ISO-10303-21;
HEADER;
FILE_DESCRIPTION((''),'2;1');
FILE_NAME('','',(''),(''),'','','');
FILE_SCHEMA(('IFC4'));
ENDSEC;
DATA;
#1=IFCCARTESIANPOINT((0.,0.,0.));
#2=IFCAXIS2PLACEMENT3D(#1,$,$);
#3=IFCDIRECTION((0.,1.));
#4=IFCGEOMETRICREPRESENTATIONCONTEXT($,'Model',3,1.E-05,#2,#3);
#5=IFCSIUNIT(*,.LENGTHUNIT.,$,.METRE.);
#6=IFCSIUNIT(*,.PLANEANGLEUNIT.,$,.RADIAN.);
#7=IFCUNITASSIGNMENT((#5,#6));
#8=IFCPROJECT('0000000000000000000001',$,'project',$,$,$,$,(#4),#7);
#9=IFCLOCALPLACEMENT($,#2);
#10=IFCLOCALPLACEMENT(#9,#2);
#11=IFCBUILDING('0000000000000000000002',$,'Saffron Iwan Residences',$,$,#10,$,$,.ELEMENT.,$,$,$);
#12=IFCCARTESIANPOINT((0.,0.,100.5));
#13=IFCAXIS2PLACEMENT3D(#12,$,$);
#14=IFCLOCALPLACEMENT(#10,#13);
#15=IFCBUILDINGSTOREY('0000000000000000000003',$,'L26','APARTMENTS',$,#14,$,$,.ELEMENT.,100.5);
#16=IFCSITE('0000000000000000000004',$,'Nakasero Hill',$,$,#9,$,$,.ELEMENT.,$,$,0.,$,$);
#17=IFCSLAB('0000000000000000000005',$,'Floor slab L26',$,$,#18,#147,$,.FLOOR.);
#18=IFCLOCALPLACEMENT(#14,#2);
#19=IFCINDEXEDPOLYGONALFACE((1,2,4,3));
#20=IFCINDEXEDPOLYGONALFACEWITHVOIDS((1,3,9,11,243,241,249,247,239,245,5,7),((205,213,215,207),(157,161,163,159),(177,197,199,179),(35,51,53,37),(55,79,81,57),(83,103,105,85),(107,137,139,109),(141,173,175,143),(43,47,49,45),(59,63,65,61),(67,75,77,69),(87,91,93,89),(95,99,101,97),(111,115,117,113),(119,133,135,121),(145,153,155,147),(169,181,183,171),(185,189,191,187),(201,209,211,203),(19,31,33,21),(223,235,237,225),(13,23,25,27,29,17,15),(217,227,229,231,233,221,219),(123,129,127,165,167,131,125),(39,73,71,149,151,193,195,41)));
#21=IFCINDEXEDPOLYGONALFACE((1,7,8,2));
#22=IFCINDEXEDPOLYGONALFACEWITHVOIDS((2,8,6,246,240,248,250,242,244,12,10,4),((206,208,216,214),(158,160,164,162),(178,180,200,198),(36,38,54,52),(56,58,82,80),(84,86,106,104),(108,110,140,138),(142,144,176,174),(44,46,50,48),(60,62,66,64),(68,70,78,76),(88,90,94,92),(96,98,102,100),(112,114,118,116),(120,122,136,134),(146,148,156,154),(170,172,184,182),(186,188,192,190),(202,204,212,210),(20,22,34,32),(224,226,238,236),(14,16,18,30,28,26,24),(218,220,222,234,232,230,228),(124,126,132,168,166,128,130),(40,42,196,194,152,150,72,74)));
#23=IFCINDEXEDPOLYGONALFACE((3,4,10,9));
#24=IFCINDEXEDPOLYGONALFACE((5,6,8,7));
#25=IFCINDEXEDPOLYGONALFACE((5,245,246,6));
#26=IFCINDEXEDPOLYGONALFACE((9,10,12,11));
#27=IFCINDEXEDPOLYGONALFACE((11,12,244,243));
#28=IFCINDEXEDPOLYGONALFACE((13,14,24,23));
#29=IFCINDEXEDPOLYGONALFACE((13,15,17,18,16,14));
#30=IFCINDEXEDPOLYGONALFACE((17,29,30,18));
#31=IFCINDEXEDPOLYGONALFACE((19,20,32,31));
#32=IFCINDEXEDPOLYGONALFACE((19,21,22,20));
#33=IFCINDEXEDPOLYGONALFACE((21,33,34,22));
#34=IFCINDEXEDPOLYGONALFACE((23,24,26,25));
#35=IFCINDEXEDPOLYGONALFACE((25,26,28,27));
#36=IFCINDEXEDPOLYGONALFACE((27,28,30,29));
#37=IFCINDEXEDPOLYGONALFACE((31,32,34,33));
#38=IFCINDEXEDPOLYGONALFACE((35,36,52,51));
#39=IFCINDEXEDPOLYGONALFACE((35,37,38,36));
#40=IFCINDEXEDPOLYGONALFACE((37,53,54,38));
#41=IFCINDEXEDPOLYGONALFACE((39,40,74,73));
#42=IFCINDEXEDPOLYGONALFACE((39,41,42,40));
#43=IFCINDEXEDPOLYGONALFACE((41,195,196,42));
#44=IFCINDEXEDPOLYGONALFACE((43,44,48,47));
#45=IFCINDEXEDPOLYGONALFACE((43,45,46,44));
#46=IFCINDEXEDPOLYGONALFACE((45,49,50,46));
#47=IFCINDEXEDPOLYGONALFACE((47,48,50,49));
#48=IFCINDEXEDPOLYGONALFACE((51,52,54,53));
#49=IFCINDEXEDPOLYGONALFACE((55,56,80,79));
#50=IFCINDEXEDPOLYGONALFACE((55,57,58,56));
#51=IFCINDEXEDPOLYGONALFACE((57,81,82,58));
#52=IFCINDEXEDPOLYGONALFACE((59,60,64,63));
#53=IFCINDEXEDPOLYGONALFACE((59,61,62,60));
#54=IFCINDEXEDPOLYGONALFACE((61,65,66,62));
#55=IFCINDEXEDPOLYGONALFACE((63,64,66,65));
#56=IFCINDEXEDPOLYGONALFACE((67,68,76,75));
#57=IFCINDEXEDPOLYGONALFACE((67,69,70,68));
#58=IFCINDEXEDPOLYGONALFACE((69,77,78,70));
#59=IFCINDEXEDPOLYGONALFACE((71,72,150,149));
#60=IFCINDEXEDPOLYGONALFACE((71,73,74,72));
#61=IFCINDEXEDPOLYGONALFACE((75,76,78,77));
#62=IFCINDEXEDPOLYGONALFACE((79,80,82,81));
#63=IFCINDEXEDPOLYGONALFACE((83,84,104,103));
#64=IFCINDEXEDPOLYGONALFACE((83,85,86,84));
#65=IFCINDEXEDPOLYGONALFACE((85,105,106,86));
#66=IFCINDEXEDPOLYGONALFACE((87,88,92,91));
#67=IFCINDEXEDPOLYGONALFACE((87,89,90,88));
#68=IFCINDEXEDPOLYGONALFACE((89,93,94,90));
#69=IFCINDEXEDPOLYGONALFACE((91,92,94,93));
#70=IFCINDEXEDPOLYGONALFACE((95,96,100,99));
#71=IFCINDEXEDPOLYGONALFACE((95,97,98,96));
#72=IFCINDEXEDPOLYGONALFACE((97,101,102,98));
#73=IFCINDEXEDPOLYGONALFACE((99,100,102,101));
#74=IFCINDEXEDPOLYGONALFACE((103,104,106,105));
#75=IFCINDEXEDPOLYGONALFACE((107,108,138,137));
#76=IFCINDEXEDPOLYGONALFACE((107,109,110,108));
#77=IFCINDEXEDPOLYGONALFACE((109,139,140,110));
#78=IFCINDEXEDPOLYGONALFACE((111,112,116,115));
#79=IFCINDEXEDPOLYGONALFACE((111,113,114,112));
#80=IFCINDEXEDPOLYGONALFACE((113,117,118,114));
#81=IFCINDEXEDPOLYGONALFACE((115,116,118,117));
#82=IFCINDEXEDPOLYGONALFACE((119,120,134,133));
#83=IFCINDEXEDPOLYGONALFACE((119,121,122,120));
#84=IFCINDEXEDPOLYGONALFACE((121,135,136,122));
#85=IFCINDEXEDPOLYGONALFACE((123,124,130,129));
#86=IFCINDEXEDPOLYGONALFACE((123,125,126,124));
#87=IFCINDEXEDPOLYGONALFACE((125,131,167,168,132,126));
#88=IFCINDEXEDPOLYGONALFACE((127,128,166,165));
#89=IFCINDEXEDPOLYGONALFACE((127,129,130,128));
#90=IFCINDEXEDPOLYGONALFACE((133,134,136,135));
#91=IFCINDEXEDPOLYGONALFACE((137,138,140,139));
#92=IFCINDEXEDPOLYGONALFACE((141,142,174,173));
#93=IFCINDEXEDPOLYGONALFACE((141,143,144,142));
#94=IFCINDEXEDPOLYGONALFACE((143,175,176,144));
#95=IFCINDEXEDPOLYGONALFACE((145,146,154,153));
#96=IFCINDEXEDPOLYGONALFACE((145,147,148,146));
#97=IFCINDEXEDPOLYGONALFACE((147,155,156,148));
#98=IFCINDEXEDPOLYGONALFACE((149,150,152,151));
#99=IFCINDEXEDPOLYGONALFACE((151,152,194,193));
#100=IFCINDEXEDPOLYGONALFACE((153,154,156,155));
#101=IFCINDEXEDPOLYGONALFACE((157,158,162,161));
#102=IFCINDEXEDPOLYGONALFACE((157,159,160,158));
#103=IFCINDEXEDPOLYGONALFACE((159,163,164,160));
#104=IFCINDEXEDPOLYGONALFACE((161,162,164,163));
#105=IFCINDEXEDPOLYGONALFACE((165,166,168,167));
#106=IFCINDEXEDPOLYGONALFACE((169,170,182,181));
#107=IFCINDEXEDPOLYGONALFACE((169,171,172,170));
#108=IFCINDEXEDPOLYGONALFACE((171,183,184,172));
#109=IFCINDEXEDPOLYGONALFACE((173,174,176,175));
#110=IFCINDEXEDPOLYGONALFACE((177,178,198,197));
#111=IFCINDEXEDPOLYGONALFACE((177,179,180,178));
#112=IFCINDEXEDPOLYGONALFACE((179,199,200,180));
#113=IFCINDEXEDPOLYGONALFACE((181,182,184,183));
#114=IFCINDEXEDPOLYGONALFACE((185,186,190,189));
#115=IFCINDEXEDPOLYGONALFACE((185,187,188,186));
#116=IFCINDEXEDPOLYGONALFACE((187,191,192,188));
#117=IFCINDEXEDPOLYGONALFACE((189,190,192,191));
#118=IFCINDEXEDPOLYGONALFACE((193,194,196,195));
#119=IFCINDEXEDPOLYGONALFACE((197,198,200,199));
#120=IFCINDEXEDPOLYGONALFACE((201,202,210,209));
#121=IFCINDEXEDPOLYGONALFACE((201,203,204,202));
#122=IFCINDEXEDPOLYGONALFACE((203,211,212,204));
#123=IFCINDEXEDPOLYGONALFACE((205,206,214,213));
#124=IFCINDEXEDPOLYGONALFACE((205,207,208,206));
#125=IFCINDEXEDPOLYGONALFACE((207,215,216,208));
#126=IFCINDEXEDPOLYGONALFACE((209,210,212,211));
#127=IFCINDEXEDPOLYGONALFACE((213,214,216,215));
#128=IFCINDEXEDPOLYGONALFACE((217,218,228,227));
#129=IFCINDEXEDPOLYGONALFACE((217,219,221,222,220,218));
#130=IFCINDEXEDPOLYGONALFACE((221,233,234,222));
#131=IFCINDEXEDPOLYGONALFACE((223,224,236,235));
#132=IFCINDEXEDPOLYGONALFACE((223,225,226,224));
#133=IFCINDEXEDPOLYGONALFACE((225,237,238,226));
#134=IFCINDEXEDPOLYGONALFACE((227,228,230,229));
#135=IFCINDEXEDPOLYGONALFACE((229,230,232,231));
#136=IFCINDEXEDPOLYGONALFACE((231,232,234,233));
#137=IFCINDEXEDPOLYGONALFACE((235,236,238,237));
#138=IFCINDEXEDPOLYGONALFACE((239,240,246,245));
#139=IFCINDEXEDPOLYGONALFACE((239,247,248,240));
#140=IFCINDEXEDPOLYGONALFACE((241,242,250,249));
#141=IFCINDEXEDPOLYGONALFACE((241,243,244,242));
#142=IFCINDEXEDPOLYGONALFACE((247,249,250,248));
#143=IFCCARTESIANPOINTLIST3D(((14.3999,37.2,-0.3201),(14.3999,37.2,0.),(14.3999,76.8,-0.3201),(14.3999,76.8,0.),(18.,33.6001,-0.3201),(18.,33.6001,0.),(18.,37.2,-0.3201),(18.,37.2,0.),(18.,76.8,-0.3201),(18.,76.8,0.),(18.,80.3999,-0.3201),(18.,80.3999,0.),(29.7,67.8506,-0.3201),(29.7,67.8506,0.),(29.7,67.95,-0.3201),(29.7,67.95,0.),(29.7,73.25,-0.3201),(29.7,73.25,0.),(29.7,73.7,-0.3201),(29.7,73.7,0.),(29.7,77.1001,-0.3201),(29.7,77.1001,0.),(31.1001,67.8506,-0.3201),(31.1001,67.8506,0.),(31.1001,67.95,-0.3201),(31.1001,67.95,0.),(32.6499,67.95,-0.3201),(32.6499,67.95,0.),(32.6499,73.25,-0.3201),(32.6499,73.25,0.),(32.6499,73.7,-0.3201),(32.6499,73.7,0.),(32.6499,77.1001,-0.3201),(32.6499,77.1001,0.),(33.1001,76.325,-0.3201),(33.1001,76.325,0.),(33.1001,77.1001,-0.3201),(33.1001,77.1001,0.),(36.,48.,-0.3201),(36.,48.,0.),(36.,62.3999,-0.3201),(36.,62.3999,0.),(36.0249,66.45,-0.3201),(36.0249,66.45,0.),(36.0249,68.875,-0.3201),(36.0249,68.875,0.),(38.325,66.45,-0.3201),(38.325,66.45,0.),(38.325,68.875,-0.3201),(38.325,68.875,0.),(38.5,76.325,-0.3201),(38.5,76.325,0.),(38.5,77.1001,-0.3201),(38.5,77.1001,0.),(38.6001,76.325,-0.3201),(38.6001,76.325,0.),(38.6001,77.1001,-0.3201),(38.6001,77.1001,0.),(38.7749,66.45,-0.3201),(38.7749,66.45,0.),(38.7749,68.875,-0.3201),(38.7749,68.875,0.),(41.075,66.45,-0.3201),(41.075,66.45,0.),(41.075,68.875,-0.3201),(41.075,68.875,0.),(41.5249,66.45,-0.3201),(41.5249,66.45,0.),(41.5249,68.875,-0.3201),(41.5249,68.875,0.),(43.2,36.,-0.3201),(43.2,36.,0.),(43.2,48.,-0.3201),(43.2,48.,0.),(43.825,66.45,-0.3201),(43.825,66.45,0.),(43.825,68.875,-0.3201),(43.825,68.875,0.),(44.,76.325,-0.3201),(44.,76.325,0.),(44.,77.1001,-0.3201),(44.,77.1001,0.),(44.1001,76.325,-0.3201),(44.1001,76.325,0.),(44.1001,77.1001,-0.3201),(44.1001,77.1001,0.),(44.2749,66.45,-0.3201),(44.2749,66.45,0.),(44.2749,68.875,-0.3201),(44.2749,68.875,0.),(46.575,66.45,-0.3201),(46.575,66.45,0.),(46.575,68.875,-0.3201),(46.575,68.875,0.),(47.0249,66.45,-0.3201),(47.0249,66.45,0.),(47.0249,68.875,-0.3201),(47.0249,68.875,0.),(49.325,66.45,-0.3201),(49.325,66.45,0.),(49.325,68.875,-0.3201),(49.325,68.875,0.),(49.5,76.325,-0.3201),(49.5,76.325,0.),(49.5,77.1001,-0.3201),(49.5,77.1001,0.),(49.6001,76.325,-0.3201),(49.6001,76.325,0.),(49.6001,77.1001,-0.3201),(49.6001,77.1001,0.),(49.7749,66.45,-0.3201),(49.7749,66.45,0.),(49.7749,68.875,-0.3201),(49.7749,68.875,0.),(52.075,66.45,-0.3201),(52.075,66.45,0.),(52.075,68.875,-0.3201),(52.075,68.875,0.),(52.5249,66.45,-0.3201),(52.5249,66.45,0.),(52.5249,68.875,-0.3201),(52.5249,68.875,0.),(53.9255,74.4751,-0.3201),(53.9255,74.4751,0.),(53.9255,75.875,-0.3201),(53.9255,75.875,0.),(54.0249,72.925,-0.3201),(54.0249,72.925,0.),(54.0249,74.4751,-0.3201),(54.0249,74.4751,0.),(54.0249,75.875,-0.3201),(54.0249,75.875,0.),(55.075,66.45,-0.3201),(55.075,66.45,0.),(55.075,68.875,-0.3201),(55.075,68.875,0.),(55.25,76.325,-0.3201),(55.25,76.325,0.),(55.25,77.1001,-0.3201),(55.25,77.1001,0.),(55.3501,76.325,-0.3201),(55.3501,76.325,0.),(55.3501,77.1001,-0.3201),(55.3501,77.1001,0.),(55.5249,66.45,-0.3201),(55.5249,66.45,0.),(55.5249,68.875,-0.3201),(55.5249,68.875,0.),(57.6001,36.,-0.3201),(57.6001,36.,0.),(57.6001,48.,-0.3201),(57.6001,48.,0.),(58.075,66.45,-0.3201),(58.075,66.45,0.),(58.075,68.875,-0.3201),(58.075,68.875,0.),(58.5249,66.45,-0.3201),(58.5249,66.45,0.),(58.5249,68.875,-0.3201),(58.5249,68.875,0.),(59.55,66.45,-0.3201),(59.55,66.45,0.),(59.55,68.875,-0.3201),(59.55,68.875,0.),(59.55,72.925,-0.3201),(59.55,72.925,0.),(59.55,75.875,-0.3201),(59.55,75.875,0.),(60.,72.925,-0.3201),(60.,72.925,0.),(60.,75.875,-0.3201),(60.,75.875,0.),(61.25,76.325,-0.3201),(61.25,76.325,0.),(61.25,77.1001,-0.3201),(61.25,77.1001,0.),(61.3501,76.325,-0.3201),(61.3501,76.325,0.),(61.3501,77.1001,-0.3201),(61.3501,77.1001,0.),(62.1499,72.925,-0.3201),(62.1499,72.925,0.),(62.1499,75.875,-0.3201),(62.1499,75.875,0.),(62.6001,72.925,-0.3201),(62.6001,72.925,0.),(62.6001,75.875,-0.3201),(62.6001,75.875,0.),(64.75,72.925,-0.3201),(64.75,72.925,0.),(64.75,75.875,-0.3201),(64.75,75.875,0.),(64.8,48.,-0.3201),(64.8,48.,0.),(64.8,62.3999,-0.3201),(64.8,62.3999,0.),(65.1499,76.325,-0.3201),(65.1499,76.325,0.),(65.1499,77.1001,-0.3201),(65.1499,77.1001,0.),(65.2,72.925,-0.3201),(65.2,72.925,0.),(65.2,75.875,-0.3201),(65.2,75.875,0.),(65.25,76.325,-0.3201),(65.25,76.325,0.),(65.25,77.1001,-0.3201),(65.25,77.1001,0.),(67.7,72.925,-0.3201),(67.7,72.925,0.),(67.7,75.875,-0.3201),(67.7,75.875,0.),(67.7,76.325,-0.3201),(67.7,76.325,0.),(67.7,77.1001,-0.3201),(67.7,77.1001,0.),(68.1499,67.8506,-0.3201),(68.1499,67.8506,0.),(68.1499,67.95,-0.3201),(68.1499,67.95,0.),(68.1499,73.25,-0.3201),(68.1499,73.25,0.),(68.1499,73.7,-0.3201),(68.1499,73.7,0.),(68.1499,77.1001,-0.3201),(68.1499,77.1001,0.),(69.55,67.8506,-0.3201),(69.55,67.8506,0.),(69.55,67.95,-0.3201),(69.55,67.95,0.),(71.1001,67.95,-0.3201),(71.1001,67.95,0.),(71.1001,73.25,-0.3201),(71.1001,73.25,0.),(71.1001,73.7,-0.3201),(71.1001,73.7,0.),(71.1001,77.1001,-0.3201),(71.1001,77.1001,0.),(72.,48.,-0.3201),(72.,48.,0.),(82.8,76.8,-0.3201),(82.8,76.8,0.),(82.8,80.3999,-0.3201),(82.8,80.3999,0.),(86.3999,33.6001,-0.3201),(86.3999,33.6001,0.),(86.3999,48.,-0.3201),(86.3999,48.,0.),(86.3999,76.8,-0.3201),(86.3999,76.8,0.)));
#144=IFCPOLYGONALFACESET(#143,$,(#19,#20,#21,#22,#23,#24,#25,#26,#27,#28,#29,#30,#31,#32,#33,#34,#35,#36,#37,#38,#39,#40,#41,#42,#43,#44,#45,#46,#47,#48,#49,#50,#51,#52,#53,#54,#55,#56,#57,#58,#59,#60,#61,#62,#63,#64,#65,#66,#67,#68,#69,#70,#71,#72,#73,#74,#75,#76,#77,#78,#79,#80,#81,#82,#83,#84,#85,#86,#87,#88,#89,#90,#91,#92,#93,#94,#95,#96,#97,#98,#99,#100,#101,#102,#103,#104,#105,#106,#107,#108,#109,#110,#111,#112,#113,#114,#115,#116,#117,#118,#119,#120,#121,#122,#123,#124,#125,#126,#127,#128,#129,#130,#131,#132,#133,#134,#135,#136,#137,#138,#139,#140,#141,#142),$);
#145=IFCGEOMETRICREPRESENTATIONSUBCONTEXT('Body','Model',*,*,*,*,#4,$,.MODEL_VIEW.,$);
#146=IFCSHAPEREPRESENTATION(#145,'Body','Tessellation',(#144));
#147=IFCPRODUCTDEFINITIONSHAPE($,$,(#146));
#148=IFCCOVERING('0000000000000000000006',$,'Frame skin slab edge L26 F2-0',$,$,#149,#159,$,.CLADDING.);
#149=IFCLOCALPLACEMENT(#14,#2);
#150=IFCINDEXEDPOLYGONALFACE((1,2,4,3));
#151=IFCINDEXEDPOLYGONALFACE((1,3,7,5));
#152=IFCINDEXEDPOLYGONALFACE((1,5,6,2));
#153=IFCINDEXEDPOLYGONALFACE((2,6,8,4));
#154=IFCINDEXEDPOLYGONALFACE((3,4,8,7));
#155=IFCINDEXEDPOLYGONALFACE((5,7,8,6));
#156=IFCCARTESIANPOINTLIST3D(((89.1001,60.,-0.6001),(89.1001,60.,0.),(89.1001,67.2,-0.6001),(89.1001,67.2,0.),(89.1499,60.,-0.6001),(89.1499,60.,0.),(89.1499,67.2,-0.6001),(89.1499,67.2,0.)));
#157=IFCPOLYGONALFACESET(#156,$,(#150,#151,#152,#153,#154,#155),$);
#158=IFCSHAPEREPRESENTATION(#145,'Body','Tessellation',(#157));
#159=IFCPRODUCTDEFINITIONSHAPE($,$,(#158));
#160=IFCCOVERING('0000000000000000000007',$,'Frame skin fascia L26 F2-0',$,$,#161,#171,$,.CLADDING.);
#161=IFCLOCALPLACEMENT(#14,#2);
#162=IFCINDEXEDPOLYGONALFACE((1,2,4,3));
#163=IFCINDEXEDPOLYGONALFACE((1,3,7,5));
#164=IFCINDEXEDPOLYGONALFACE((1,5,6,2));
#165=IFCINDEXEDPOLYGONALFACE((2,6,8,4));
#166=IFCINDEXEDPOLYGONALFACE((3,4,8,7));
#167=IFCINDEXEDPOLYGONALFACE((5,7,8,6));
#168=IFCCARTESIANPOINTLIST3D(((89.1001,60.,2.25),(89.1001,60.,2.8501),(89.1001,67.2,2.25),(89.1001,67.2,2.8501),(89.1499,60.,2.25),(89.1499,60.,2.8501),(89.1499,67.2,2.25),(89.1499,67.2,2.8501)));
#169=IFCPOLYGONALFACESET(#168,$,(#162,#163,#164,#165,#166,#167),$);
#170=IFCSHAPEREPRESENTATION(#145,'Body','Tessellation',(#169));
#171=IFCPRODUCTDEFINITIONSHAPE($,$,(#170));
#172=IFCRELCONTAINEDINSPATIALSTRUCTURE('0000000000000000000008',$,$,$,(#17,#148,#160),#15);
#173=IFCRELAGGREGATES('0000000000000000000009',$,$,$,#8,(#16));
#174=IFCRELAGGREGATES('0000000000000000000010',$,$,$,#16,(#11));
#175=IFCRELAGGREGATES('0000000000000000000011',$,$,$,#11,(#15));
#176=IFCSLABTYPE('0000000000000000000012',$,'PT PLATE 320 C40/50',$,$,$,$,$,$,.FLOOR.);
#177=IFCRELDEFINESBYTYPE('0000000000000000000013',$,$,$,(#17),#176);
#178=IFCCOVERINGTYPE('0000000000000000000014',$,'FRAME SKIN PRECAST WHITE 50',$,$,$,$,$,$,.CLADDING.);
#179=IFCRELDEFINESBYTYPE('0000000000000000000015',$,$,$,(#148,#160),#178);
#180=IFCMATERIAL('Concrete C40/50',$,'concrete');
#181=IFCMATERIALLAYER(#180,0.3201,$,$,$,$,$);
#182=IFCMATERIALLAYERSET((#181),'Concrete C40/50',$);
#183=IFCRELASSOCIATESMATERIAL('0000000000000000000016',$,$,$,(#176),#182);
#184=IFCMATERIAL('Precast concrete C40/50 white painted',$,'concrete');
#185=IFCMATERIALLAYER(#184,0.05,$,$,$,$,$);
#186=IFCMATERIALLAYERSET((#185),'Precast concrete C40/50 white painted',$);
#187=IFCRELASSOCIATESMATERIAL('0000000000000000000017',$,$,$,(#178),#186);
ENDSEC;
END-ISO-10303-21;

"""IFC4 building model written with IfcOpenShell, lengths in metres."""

from ifc_helpers import new_model, si_unit, direction, frame, origin, place, context, subcontext, project, spatial, polyline, outline, extrude, material, layer, layer_set, type_object, element, save


model = new_model("IFC4")

# Units and contexts
model_context = context("Model", 3, precision=1e-05, world=origin(), true_north=direction((0.0, 1.0)))
body_context = subcontext(model_context, "Body", "Model", "MODEL_VIEW")
ifc_project = project(units=[si_unit("LENGTHUNIT", "METRE"), si_unit("PLANEANGLEUNIT", "RADIAN")], contexts=[model_context])

# Site, building, storey
site_placement = place(None, origin())
site = spatial("IfcSite", under=ifc_project, at=site_placement, Name="Nakasero Hill", CompositionType="ELEMENT", RefElevation=0.0)
building_placement = place(site_placement, origin())
building = spatial("IfcBuilding", under=site, at=building_placement, Name="Saffron Iwan Residences", CompositionType="ELEMENT")
storey_placement = place(building_placement, frame((0.0, 0.0, 100.5)))
storey = spatial("IfcBuildingStorey", under=building, at=storey_placement, Name="L26", Description="APARTMENTS", CompositionType="ELEMENT", Elevation=100.5)

# Slab
ifc_material_1 = material(Name="Concrete C40/50", Category="concrete")
ifc_layer_1 = layer(ifc_material_1, 0.3201)
ifc_layer_set_1 = layer_set([ifc_layer_1], Name="Concrete C40/50")
slab_type_1 = type_object("IfcSlabType", Name="PT PLATE 320 C40/50", PredefinedType="FLOOR", material=ifc_layer_set_1)
slab_1_placement = place(storey_placement, frame((0.0, 0.0, -0.3201)))
element("IfcSlab", 1, at=slab_1_placement, inside=storey, type_object=slab_type_1, Name="Floor slab L26", PredefinedType="FLOOR", context=body_context, shape_type="SweptSolid", body=[
    extrude(outline(polyline([(14.3999, 37.2), (14.3999, 76.8), (18.0, 76.8), (18.0, 80.3999), (82.8, 80.3999), (82.8, 76.8), (86.3999, 76.8), (86.3999, 48.0), (72.0, 48.0), (86.3999, 33.6001), (18.0, 33.6001), (18.0, 37.2), (14.3999, 37.2)]), holes=[polyline([(64.8, 48.0), (64.8, 62.3999), (36.0, 62.3999), (36.0, 48.0), (43.2, 48.0), (43.2, 36.0), (57.6001, 36.0), (57.6001, 48.0), (64.8, 48.0)]), polyline([(38.325, 68.875), (36.0249, 68.875), (36.0249, 66.45), (38.325, 66.45), (38.325, 68.875)]), polyline([(41.075, 66.45), (41.075, 68.875), (38.7749, 68.875), (38.7749, 66.45), (41.075, 66.45)]), polyline([(43.825, 66.45), (43.825, 68.875), (41.5249, 68.875), (41.5249, 66.45), (43.825, 66.45)]), polyline([(46.575, 68.875), (44.2749, 68.875), (44.2749, 66.45), (46.575, 66.45), (46.575, 68.875)]), polyline([(49.325, 66.45), (49.325, 68.875), (47.0249, 68.875), (47.0249, 66.45), (49.325, 66.45)]), polyline([(52.075, 66.45), (52.075, 68.875), (49.7749, 68.875), (49.7749, 66.45), (52.075, 66.45)]), polyline([(29.7, 73.25), (29.7, 67.95), (29.7, 67.8506), (31.1001, 67.8506), (31.1001, 67.95), (32.6499, 67.95), (32.6499, 73.25), (29.7, 73.25)]), polyline([(32.6499, 73.7), (32.6499, 77.1001), (29.7, 77.1001), (29.7, 73.7), (32.6499, 73.7)]), polyline([(38.5, 76.325), (38.5, 77.1001), (33.1001, 77.1001), (33.1001, 76.325), (38.5, 76.325)]), polyline([(44.0, 77.1001), (38.6001, 77.1001), (38.6001, 76.325), (44.0, 76.325), (44.0, 77.1001)]), polyline([(49.5, 76.325), (49.5, 77.1001), (44.1001, 77.1001), (44.1001, 76.325), (49.5, 76.325)]), polyline([(55.25, 76.325), (55.25, 77.1001), (49.6001, 77.1001), (49.6001, 76.325), (55.25, 76.325)]), polyline([(55.075, 68.875), (52.5249, 68.875), (52.5249, 66.45), (55.075, 66.45), (55.075, 68.875)]), polyline([(58.075, 66.45), (58.075, 68.875), (55.5249, 68.875), (55.5249, 66.45), (58.075, 66.45)]), polyline([(59.55, 66.45), (59.55, 68.875), (58.5249, 68.875), (58.5249, 66.45), (59.55, 66.45)]), polyline([(68.1499, 73.25), (68.1499, 67.95), (68.1499, 67.8506), (69.55, 67.8506), (69.55, 67.95), (71.1001, 67.95), (71.1001, 73.25), (68.1499, 73.25)]), polyline([(53.9255, 74.4751), (54.0249, 74.4751), (54.0249, 72.925), (59.55, 72.925), (59.55, 75.875), (54.0249, 75.875), (53.9255, 75.875), (53.9255, 74.4751)]), polyline([(62.1499, 72.925), (62.1499, 75.875), (60.0, 75.875), (60.0, 72.925), (62.1499, 72.925)]), polyline([(64.75, 75.875), (62.6001, 75.875), (62.6001, 72.925), (64.75, 72.925), (64.75, 75.875)]), polyline([(67.7, 72.925), (67.7, 75.875), (65.2, 75.875), (65.2, 72.925), (67.7, 72.925)]), polyline([(71.1001, 73.7), (71.1001, 77.1001), (68.1499, 77.1001), (68.1499, 73.7), (71.1001, 73.7)]), polyline([(61.25, 77.1001), (55.3501, 77.1001), (55.3501, 76.325), (61.25, 76.325), (61.25, 77.1001)]), polyline([(65.1499, 76.325), (65.1499, 77.1001), (61.3501, 77.1001), (61.3501, 76.325), (65.1499, 76.325)]), polyline([(67.7, 76.325), (67.7, 77.1001), (65.25, 77.1001), (65.25, 76.325), (67.7, 76.325)])]), origin(), (0.0, 0.0, 1.0), 0.3201),
])

# Coverings
ifc_material_2 = material(Name="Precast concrete C40/50 white painted", Category="concrete")
ifc_layer_2 = layer(ifc_material_2, 0.05)
ifc_layer_set_2 = layer_set([ifc_layer_2], Name="Precast concrete C40/50 white painted")
covering_type_1 = type_object("IfcCoveringType", Name="FRAME SKIN PRECAST WHITE 50", PredefinedType="CLADDING", material=ifc_layer_set_2)
for number, where, name in (
    (2, (0.0, 0.0, -0.6001), "Frame skin slab edge L26 F2-0"),
    (3, (0.0, 0.0, 2.25), "Frame skin fascia L26 F2-0"),
):
    element("IfcCovering", number, at=place(storey_placement, frame(where)), inside=storey, type_object=covering_type_1, Name=name, PredefinedType="CLADDING", context=body_context, shape_type="SweptSolid", body=[
        extrude(outline(polyline([(89.1499, 60.0), (89.1499, 67.2), (89.1001, 67.2), (89.1001, 60.0), (89.1499, 60.0)])), origin(), (0.0, 0.0, 1.0), 0.6001),
    ])

save(model, "model.ifc")
